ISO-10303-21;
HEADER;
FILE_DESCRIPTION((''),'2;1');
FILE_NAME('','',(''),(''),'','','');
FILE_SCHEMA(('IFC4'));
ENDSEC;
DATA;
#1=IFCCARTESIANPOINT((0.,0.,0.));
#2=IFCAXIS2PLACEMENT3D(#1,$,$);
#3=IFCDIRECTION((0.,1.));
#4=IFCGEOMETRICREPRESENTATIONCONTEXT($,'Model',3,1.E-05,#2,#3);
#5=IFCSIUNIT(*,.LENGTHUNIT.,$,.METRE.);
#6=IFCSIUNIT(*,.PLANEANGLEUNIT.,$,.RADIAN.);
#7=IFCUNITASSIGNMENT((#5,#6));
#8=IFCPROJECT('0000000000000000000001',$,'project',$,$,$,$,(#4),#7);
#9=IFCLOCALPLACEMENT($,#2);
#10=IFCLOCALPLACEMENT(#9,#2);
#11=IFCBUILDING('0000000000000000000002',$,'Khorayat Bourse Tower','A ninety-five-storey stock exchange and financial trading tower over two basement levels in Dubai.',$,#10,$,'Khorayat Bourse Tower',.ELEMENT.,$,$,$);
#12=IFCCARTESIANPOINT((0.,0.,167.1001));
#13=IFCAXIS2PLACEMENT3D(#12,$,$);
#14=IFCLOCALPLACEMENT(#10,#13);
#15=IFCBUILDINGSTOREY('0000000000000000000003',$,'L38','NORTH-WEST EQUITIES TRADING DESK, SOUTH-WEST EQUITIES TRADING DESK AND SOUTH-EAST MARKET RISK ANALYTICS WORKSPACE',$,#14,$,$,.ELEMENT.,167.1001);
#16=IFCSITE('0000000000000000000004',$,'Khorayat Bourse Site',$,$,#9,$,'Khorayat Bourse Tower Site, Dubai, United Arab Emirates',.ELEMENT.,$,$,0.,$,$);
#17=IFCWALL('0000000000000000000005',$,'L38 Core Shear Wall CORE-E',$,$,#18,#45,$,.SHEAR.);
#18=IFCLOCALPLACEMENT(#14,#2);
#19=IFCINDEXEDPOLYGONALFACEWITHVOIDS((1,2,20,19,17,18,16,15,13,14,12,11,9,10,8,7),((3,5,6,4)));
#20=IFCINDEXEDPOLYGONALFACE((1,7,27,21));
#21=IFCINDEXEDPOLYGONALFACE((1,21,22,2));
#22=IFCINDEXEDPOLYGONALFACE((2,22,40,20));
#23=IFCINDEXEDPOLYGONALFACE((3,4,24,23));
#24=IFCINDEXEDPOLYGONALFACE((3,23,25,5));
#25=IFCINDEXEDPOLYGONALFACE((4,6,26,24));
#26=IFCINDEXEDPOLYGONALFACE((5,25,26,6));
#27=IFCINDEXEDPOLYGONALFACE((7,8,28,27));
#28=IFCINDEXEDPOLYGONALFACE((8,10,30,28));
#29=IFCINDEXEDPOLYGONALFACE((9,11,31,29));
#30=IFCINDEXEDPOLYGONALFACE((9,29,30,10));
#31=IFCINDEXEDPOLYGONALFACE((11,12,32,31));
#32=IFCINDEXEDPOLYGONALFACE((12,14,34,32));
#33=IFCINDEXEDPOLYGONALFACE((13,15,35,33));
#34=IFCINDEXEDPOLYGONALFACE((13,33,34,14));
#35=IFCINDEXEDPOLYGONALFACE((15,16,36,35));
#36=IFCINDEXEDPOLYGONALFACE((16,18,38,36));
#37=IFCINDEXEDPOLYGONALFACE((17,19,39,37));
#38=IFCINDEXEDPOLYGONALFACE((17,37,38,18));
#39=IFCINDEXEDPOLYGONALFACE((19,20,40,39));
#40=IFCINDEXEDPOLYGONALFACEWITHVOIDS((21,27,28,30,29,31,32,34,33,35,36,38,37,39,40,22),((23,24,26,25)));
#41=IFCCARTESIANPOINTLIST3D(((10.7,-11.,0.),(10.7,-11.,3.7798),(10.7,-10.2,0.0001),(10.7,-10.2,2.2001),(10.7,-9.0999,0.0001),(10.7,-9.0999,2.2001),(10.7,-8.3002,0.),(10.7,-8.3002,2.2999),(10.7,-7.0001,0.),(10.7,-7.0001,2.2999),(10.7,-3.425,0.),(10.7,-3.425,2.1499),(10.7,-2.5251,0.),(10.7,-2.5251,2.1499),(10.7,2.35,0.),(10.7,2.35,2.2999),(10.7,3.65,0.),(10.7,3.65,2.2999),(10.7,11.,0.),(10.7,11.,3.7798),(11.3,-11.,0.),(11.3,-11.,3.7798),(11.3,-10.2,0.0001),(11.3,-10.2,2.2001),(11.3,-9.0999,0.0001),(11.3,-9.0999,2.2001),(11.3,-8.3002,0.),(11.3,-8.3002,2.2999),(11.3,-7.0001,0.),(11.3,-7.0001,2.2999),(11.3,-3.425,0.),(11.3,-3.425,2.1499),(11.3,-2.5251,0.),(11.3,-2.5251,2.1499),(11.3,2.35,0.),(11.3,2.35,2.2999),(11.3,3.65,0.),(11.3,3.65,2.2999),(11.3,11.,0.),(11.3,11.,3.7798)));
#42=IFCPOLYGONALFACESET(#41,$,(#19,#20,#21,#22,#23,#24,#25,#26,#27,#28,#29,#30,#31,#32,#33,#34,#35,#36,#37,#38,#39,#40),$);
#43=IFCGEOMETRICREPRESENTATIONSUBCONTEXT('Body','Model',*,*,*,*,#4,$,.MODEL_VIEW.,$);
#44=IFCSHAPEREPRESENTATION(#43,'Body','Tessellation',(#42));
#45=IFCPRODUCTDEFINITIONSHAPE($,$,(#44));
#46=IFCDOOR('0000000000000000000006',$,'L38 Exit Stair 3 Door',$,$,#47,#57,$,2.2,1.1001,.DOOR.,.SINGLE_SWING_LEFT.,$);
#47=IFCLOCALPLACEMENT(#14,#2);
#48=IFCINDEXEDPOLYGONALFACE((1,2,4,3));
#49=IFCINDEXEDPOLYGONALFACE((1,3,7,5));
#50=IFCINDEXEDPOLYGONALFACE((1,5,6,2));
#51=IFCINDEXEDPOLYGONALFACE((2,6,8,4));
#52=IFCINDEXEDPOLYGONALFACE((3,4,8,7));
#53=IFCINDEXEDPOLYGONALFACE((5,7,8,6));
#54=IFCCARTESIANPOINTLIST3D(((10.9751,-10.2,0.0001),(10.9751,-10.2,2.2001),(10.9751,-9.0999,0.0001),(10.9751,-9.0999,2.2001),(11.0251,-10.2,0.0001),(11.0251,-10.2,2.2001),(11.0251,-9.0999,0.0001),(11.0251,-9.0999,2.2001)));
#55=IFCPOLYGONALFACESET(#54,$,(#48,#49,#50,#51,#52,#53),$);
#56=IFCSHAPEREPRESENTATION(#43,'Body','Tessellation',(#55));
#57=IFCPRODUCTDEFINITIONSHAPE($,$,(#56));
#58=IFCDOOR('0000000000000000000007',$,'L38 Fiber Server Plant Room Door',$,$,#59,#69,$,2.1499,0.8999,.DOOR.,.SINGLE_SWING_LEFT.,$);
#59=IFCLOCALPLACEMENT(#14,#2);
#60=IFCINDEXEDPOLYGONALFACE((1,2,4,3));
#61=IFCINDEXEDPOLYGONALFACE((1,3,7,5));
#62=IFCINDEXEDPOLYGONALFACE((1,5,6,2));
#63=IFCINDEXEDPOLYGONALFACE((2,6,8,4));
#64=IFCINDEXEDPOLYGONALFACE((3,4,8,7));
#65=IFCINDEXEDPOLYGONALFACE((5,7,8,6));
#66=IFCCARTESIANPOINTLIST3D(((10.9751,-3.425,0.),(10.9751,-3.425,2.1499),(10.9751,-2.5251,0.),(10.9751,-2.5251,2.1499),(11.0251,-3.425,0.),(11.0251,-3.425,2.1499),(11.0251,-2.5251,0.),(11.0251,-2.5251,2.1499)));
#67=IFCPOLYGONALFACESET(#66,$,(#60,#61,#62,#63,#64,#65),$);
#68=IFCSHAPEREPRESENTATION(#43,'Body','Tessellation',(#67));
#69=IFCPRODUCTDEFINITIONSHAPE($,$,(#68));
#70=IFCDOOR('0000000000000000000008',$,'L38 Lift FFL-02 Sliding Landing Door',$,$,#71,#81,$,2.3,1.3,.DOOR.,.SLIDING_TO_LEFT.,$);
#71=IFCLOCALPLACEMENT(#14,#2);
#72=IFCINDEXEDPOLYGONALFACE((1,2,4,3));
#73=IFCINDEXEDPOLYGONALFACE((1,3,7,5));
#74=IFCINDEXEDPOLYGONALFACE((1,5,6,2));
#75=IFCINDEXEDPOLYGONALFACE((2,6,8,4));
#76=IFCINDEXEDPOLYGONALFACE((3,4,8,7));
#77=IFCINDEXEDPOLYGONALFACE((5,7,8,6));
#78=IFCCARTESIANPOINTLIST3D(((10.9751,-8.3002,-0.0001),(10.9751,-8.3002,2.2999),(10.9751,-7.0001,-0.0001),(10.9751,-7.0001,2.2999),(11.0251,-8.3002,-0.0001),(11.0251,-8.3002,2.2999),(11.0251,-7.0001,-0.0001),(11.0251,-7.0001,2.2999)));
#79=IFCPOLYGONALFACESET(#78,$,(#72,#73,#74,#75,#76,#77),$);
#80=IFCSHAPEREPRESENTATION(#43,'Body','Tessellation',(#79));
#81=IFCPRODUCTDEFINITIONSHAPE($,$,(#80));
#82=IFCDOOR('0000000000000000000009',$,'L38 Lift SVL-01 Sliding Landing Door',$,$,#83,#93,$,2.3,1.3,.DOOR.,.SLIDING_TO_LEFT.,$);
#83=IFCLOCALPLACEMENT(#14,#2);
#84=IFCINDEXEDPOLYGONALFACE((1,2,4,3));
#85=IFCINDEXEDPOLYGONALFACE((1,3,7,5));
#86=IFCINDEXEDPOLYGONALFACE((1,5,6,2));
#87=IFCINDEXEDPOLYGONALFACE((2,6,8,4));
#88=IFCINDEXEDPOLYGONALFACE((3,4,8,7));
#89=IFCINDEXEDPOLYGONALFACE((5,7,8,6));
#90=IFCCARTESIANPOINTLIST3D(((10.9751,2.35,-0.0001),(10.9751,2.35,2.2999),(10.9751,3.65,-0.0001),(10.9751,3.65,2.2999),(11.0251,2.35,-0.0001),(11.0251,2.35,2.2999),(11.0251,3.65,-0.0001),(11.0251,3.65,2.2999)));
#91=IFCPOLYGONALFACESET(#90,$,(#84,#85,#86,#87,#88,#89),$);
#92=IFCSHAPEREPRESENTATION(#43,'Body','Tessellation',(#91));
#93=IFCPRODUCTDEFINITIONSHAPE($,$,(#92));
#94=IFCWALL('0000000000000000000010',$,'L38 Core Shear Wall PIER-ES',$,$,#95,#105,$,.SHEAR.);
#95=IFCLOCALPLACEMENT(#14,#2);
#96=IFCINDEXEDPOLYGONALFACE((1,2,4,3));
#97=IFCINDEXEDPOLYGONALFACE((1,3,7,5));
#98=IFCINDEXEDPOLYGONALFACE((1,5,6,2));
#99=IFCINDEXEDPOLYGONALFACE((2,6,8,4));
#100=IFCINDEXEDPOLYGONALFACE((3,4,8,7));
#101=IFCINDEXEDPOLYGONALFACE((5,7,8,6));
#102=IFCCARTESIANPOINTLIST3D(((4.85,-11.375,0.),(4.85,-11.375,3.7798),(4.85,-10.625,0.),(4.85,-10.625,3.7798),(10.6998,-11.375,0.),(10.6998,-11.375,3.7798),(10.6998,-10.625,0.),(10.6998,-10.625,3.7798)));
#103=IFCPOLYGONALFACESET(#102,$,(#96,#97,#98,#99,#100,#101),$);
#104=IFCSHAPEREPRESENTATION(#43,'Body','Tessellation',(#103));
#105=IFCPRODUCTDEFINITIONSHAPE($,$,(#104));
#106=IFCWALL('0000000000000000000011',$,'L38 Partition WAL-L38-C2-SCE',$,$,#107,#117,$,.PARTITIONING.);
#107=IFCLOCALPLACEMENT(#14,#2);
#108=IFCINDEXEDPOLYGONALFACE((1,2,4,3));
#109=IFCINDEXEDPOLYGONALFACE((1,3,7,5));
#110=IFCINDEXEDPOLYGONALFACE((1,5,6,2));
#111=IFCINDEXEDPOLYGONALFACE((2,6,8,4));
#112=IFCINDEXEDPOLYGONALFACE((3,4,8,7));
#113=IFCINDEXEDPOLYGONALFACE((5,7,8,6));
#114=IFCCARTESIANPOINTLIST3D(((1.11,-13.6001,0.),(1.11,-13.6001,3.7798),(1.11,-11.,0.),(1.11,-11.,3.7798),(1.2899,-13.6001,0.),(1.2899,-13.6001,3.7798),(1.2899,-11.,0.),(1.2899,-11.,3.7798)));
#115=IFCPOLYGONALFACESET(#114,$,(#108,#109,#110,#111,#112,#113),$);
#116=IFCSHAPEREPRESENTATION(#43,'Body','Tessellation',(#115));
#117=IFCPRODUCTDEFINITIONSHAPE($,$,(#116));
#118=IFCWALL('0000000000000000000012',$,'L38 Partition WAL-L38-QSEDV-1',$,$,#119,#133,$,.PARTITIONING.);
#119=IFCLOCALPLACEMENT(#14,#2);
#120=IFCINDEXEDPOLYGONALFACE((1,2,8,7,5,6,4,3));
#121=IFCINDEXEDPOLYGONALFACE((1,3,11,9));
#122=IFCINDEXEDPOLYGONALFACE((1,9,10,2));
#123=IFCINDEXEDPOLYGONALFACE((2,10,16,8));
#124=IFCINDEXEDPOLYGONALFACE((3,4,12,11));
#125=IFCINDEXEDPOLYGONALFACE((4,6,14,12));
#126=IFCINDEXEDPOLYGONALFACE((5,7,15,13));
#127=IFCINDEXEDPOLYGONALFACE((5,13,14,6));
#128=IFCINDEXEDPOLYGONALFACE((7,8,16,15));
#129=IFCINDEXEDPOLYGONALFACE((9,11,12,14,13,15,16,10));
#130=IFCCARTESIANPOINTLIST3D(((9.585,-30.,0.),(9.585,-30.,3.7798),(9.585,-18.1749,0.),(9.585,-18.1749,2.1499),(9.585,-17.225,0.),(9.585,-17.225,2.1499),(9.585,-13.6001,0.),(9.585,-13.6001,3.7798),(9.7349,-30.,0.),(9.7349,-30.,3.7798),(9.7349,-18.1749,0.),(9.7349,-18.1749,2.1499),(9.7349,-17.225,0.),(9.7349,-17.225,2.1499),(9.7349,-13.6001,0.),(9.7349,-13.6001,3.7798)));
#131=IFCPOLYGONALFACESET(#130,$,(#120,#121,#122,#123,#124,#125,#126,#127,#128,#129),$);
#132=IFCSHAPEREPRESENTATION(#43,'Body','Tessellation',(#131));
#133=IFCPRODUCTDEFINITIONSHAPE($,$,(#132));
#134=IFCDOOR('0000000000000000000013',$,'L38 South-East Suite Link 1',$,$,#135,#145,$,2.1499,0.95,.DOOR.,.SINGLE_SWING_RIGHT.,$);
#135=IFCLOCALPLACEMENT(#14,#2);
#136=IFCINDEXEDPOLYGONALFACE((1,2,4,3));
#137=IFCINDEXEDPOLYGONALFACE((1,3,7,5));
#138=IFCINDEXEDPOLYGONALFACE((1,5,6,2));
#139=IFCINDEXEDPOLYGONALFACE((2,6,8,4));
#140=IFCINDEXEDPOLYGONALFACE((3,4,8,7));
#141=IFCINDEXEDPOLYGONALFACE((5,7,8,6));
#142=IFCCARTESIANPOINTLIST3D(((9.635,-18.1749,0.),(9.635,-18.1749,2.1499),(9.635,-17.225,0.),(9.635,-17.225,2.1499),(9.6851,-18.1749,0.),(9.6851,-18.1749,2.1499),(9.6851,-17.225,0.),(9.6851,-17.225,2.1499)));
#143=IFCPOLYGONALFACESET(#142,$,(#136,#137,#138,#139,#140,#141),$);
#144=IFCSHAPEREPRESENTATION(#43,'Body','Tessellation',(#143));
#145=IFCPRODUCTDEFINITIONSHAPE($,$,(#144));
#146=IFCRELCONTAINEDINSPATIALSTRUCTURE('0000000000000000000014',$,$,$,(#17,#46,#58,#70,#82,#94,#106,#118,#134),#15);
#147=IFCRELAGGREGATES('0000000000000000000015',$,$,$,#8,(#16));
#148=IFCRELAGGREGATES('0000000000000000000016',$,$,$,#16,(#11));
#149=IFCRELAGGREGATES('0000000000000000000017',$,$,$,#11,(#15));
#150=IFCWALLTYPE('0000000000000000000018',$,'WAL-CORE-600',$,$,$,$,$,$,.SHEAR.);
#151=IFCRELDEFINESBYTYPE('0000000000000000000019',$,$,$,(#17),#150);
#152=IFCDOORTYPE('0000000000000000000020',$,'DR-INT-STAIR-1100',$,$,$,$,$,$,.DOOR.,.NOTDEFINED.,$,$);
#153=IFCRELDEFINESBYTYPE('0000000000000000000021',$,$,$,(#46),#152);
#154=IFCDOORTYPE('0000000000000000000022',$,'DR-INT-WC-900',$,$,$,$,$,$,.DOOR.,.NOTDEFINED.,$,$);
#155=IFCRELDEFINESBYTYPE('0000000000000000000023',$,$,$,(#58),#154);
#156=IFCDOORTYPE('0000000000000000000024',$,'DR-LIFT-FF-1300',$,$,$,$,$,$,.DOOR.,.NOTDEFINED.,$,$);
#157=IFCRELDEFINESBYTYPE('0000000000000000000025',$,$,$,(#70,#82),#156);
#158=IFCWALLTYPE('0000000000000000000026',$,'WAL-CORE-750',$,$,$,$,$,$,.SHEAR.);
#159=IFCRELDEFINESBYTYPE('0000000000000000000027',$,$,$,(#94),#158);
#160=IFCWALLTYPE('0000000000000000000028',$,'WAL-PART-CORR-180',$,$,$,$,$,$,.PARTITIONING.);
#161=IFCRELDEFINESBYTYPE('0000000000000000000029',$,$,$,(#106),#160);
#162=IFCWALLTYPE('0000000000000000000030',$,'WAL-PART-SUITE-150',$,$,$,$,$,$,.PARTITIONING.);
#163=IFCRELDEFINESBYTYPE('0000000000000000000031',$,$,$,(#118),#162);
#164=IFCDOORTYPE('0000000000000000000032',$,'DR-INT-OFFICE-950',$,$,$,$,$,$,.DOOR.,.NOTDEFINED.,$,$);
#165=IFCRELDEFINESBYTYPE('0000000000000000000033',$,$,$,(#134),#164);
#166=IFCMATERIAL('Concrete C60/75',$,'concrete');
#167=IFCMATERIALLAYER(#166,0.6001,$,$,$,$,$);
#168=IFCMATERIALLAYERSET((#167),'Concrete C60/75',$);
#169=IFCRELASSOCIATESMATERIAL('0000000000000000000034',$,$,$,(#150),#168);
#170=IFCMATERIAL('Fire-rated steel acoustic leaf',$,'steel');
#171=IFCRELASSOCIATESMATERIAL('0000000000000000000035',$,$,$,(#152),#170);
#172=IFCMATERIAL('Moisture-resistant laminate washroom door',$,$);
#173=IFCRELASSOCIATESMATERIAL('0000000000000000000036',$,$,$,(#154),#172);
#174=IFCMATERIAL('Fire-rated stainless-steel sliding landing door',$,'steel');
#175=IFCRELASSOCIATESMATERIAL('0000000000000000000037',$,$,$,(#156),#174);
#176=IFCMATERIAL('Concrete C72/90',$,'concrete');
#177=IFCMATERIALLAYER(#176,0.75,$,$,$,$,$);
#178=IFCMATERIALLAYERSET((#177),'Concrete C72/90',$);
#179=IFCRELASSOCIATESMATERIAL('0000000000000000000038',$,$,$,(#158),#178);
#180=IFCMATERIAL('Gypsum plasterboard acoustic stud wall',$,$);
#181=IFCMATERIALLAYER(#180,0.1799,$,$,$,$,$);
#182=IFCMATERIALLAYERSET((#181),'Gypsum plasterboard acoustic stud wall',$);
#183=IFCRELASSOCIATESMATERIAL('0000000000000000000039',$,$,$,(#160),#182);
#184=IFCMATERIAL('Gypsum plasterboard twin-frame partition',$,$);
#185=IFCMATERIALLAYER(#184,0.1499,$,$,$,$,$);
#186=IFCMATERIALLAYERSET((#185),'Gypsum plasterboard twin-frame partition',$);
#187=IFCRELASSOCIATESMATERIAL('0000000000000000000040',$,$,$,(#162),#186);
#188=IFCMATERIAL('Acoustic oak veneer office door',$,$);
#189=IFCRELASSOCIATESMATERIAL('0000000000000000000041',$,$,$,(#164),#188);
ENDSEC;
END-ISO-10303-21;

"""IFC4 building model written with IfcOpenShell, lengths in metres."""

from ifc_helpers import new_model, si_unit, direction, frame, frame_2d, origin, place, context, subcontext, project, spatial, rectangle, extrude, source, transform, mapped, material, layer, layer_set, type_object, element, fill, save


model = new_model("IFC4")

# Units and contexts
model_context = context("Model", 3, precision=1e-05, world=origin(), true_north=direction((0.0, 1.0)))
body_context = subcontext(model_context, "Body", "Model", "MODEL_VIEW")
ifc_project = project(units=[si_unit("LENGTHUNIT", "METRE"), si_unit("PLANEANGLEUNIT", "RADIAN")], contexts=[model_context])

# Site, building, storey
site_placement = place(None, origin())
site = spatial("IfcSite", under=ifc_project, at=site_placement, Name="Khorayat Bourse Site", LongName="Khorayat Bourse Tower Site, Dubai, United Arab Emirates", CompositionType="ELEMENT", RefElevation=0.0)
building_placement = place(site_placement, origin())
building = spatial("IfcBuilding", under=site, at=building_placement, Name="Khorayat Bourse Tower", Description="A ninety-five-storey stock exchange and financial trading tower over two basement levels in Dubai.", LongName="Khorayat Bourse Tower", CompositionType="ELEMENT")
storey_placement = place(building_placement, frame((0.0, 0.0, 167.1001)))
storey = spatial("IfcBuildingStorey", under=building, at=storey_placement, Name="L38", Description="NORTH-WEST EQUITIES TRADING DESK, SOUTH-WEST EQUITIES TRADING DESK AND SOUTH-EAST MARKET RISK ANALYTICS WORKSPACE", CompositionType="ELEMENT", Elevation=167.1001)

# Shared definitions
ifc_material_1 = material(Name="Concrete C60/75", Category="concrete")

# Shared definitions
ifc_material_2 = material(Name="Concrete C72/90", Category="concrete")

# Wall, openings, doors
ifc_layer_1 = layer(ifc_material_1, 0.6001)
ifc_layer_set_1 = layer_set([ifc_layer_1], Name="Concrete C60/75")
wall_type_1 = type_object("IfcWallType", Name="WAL-CORE-600", PredefinedType="SHEAR", material=ifc_layer_set_1)
shared_shape_1 = source(origin(), body_context, "Body", "SweptSolid", [
    extrude(rectangle(XDim=22.0, YDim=0.6001, at=frame_2d((11.0, 0.0))), origin(), (0.0, 0.0, 1.0), 3.7798),
])
wall_1_placement = place(storey_placement, frame((11.0, -11.0, 0.0), z_axis=(0.0, 0.0, 1.0), x_axis=(0.0, 1.0, 0.0)))
wall_1 = element("IfcWall", 1, at=wall_1_placement, inside=storey, type_object=wall_type_1, Name="L38 Core Shear Wall CORE-E", PredefinedType="SHEAR", context=body_context, shape_type="MappedRepresentation", body=[
    mapped(shared_shape_1, transform((0.0, 0.0, 0.0), scale=1.0)),
])
shared_shape_2 = source(origin(), body_context, "Body", "SweptSolid", [
    extrude(rectangle(XDim=1.1001, YDim=2.2, at=frame_2d((0.55, 1.1001))), frame((0.0, 0.3101, 0.0), z_axis=(0.0, -1.0, 0.0), x_axis=(1.0, 0.0, 0.0)), (0.0, 0.0, 1.0), 0.6201),
])
opening_1_placement = place(wall_1_placement, frame((0.8, 0.0, 0.0)))
opening_1 = element("IfcOpeningElement", 2, at=opening_1_placement, cuts=wall_1, PredefinedType="OPENING", context=body_context, shape_type="MappedRepresentation", body=[
    mapped(shared_shape_2, transform((0.0, 0.0, 0.0), scale=1.0)),
])
shared_shape_3 = source(origin(), body_context, "Body", "SweptSolid", [
    extrude(rectangle(XDim=0.8999, YDim=2.1499, at=frame_2d((0.45, 1.075))), frame((0.0, 0.3101, 0.0), z_axis=(0.0, -1.0, 0.0), x_axis=(1.0, 0.0, 0.0)), (0.0, 0.0, 1.0), 0.6201),
])
opening_2_placement = place(wall_1_placement, frame((7.575, 0.0, 0.0)))
opening_2 = element("IfcOpeningElement", 3, at=opening_2_placement, cuts=wall_1, PredefinedType="OPENING", context=body_context, shape_type="MappedRepresentation", body=[
    mapped(shared_shape_3, transform((0.0, 0.0, 0.0), scale=1.0)),
])
shared_shape_4 = source(origin(), body_context, "Body", "SweptSolid", [
    extrude(rectangle(XDim=1.3, YDim=2.3, at=frame_2d((0.6499, 1.1499))), frame((0.0, 0.3101, 0.0), z_axis=(0.0, -1.0, 0.0), x_axis=(1.0, 0.0, 0.0)), (0.0, 0.0, 1.0), 0.6201),
])
opening_3_placement = place(wall_1_placement, frame((2.7, 0.0, 0.0)))
opening_3 = element("IfcOpeningElement", 4, at=opening_3_placement, cuts=wall_1, PredefinedType="OPENING", context=body_context, shape_type="MappedRepresentation", body=[
    mapped(shared_shape_4, transform((0.0, 0.0, 0.0), scale=1.0)),
])
opening_4_placement = place(wall_1_placement, frame((13.3501, 0.0, 0.0)))
opening_4 = element("IfcOpeningElement", 5, at=opening_4_placement, cuts=wall_1, PredefinedType="OPENING", context=body_context, shape_type="MappedRepresentation", body=[
    mapped(shared_shape_4, transform((0.0, 0.0, 0.0), scale=1.0)),
])
ifc_material_3 = material(Name="Fire-rated steel acoustic leaf", Category="steel")
door_type_1 = type_object("IfcDoorType", Name="DR-INT-STAIR-1100", OperationType="NOTDEFINED", PredefinedType="DOOR", material=ifc_material_3)
shared_shape_5 = source(origin(), body_context, "Body", "SweptSolid", [
    extrude(rectangle(XDim=1.1001, YDim=2.2, at=frame_2d((0.55, 1.1001))), frame((0.0, 0.0249, 0.0), z_axis=(0.0, -1.0, 0.0), x_axis=(1.0, 0.0, 0.0)), (0.0, 0.0, 1.0), 0.05),
])
door_1_placement = place(opening_1_placement, origin())
door_1 = element("IfcDoor", 6, at=door_1_placement, inside=storey, type_object=door_type_1, Name="L38 Exit Stair 3 Door", OperationType="SINGLE_SWING_LEFT", OverallHeight=2.2, OverallWidth=1.1001, PredefinedType="DOOR", context=body_context, shape_type="MappedRepresentation", body=[
    mapped(shared_shape_5, transform((0.0, 0.0, 0.0), scale=1.0)),
])
fill(opening_1, door_1)
ifc_material_4 = material(Name="Moisture-resistant laminate washroom door")
door_type_2 = type_object("IfcDoorType", Name="DR-INT-WC-900", OperationType="NOTDEFINED", PredefinedType="DOOR", material=ifc_material_4)
shared_shape_6 = source(origin(), body_context, "Body", "SweptSolid", [
    extrude(rectangle(XDim=0.8999, YDim=2.1499, at=frame_2d((0.45, 1.075))), frame((0.0, 0.0249, 0.0), z_axis=(0.0, -1.0, 0.0), x_axis=(1.0, 0.0, 0.0)), (0.0, 0.0, 1.0), 0.05),
])
door_2_placement = place(opening_2_placement, origin())
door_2 = element("IfcDoor", 7, at=door_2_placement, inside=storey, type_object=door_type_2, Name="L38 Fiber Server Plant Room Door", OperationType="SINGLE_SWING_LEFT", OverallHeight=2.1499, OverallWidth=0.8999, PredefinedType="DOOR", context=body_context, shape_type="MappedRepresentation", body=[
    mapped(shared_shape_6, transform((0.0, 0.0, 0.0), scale=1.0)),
])
fill(opening_2, door_2)
ifc_material_5 = material(Name="Fire-rated stainless-steel sliding landing door", Category="steel")
door_type_3 = type_object("IfcDoorType", Name="DR-LIFT-FF-1300", OperationType="NOTDEFINED", PredefinedType="DOOR", material=ifc_material_5)
shared_shape_7 = source(origin(), body_context, "Body", "SweptSolid", [
    extrude(rectangle(XDim=1.3, YDim=2.3, at=frame_2d((0.6499, 1.1499))), frame((0.0, 0.0249, 0.0), z_axis=(0.0, -1.0, 0.0), x_axis=(1.0, 0.0, 0.0)), (0.0, 0.0, 1.0), 0.05),
])
door_3_placement = place(opening_3_placement, origin())
door_3 = element("IfcDoor", 8, at=door_3_placement, inside=storey, type_object=door_type_3, Name="L38 Lift FFL-02 Sliding Landing Door", OperationType="SLIDING_TO_LEFT", OverallHeight=2.3, OverallWidth=1.3, PredefinedType="DOOR", context=body_context, shape_type="MappedRepresentation", body=[
    mapped(shared_shape_7, transform((0.0, 0.0, 0.0), scale=1.0)),
])
fill(opening_3, door_3)
door_4_placement = place(opening_4_placement, origin())
door_4 = element("IfcDoor", 9, at=door_4_placement, inside=storey, type_object=door_type_3, Name="L38 Lift SVL-01 Sliding Landing Door", OperationType="SLIDING_TO_LEFT", OverallHeight=2.3, OverallWidth=1.3, PredefinedType="DOOR", context=body_context, shape_type="MappedRepresentation", body=[
    mapped(shared_shape_7, transform((0.0, 0.0, 0.0), scale=1.0)),
])
fill(opening_4, door_4)

# Walls
ifc_layer_2 = layer(ifc_material_2, 0.75)
ifc_layer_set_2 = layer_set([ifc_layer_2], Name="Concrete C72/90")
wall_type_2 = type_object("IfcWallType", Name="WAL-CORE-750", PredefinedType="SHEAR", material=ifc_layer_set_2)
shared_shape_8 = source(origin(), body_context, "Body", "SweptSolid", [
    extrude(rectangle(XDim=5.8499, YDim=0.75, at=frame_2d((2.9248, 0.0))), origin(), (0.0, 0.0, 1.0), 3.7798),
])
wall_2_placement = place(storey_placement, frame((4.8501, -11.0, 0.0), z_axis=(0.0, 0.0, 1.0), x_axis=(1.0, 0.0, 0.0)))
element("IfcWall", 10, at=wall_2_placement, inside=storey, type_object=wall_type_2, Name="L38 Core Shear Wall PIER-ES", PredefinedType="SHEAR", context=body_context, shape_type="MappedRepresentation", body=[
    mapped(shared_shape_8, transform((0.0, 0.0, 0.0), scale=1.0)),
])
ifc_material_6 = material(Name="Gypsum plasterboard acoustic stud wall")
ifc_layer_3 = layer(ifc_material_6, 0.1799)
ifc_layer_set_3 = layer_set([ifc_layer_3], Name="Gypsum plasterboard acoustic stud wall")
wall_type_3 = type_object("IfcWallType", Name="WAL-PART-CORR-180", PredefinedType="PARTITIONING", material=ifc_layer_set_3)
shared_shape_9 = source(origin(), body_context, "Body", "SweptSolid", [
    extrude(rectangle(XDim=2.6001, YDim=0.1799, at=frame_2d((1.3, 0.0))), origin(), (0.0, 0.0, 1.0), 3.7798),
])
wall_3_placement = place(storey_placement, frame((1.2, -13.6001, 0.0), z_axis=(0.0, 0.0, 1.0), x_axis=(0.0, 1.0, 0.0)))
element("IfcWall", 11, at=wall_3_placement, inside=storey, type_object=wall_type_3, Name="L38 Partition WAL-L38-C2-SCE", PredefinedType="PARTITIONING", context=body_context, shape_type="MappedRepresentation", body=[
    mapped(shared_shape_9, transform((0.0, 0.0, 0.0), scale=1.0)),
])

# Wall, opening, door
ifc_material_7 = material(Name="Gypsum plasterboard twin-frame partition")
ifc_layer_4 = layer(ifc_material_7, 0.1499)
ifc_layer_set_4 = layer_set([ifc_layer_4], Name="Gypsum plasterboard twin-frame partition")
wall_type_4 = type_object("IfcWallType", Name="WAL-PART-SUITE-150", PredefinedType="PARTITIONING", material=ifc_layer_set_4)
shared_shape_10 = source(origin(), body_context, "Body", "SweptSolid", [
    extrude(rectangle(XDim=16.3999, YDim=0.1499, at=frame_2d((8.2, 0.0))), origin(), (0.0, 0.0, 1.0), 3.7798),
])
wall_4_placement = place(storey_placement, frame((9.6599, -30.0, 0.0), z_axis=(0.0, 0.0, 1.0), x_axis=(0.0, 1.0, 0.0)))
wall_4 = element("IfcWall", 12, at=wall_4_placement, inside=storey, type_object=wall_type_4, Name="L38 Partition WAL-L38-QSEDV-1", PredefinedType="PARTITIONING", context=body_context, shape_type="MappedRepresentation", body=[
    mapped(shared_shape_10, transform((0.0, 0.0, 0.0), scale=1.0)),
])
shared_shape_11 = source(origin(), body_context, "Body", "SweptSolid", [
    extrude(rectangle(XDim=0.95, YDim=2.1499, at=frame_2d((0.4751, 1.075))), frame((0.0, 0.085, 0.0), z_axis=(0.0, -1.0, 0.0), x_axis=(1.0, 0.0, 0.0)), (0.0, 0.0, 1.0), 0.1699),
])
opening_5_placement = place(wall_4_placement, frame((11.825, 0.0, 0.0)))
opening_5 = element("IfcOpeningElement", 13, at=opening_5_placement, cuts=wall_4, PredefinedType="OPENING", context=body_context, shape_type="MappedRepresentation", body=[
    mapped(shared_shape_11, transform((0.0, 0.0, 0.0), scale=1.0)),
])
ifc_material_8 = material(Name="Acoustic oak veneer office door")
door_type_4 = type_object("IfcDoorType", Name="DR-INT-OFFICE-950", OperationType="NOTDEFINED", PredefinedType="DOOR", material=ifc_material_8)
shared_shape_12 = source(origin(), body_context, "Body", "SweptSolid", [
    extrude(rectangle(XDim=0.95, YDim=2.1499, at=frame_2d((0.4751, 1.075))), frame((0.0, 0.0249, 0.0), z_axis=(0.0, -1.0, 0.0), x_axis=(1.0, 0.0, 0.0)), (0.0, 0.0, 1.0), 0.05),
])
door_5_placement = place(opening_5_placement, origin())
door_5 = element("IfcDoor", 14, at=door_5_placement, inside=storey, type_object=door_type_4, Name="L38 South-East Suite Link 1", OperationType="SINGLE_SWING_RIGHT", OverallHeight=2.1499, OverallWidth=0.95, PredefinedType="DOOR", context=body_context, shape_type="MappedRepresentation", body=[
    mapped(shared_shape_12, transform((0.0, 0.0, 0.0), scale=1.0)),
])
fill(opening_5, door_5)

save(model, "model.ifc")
